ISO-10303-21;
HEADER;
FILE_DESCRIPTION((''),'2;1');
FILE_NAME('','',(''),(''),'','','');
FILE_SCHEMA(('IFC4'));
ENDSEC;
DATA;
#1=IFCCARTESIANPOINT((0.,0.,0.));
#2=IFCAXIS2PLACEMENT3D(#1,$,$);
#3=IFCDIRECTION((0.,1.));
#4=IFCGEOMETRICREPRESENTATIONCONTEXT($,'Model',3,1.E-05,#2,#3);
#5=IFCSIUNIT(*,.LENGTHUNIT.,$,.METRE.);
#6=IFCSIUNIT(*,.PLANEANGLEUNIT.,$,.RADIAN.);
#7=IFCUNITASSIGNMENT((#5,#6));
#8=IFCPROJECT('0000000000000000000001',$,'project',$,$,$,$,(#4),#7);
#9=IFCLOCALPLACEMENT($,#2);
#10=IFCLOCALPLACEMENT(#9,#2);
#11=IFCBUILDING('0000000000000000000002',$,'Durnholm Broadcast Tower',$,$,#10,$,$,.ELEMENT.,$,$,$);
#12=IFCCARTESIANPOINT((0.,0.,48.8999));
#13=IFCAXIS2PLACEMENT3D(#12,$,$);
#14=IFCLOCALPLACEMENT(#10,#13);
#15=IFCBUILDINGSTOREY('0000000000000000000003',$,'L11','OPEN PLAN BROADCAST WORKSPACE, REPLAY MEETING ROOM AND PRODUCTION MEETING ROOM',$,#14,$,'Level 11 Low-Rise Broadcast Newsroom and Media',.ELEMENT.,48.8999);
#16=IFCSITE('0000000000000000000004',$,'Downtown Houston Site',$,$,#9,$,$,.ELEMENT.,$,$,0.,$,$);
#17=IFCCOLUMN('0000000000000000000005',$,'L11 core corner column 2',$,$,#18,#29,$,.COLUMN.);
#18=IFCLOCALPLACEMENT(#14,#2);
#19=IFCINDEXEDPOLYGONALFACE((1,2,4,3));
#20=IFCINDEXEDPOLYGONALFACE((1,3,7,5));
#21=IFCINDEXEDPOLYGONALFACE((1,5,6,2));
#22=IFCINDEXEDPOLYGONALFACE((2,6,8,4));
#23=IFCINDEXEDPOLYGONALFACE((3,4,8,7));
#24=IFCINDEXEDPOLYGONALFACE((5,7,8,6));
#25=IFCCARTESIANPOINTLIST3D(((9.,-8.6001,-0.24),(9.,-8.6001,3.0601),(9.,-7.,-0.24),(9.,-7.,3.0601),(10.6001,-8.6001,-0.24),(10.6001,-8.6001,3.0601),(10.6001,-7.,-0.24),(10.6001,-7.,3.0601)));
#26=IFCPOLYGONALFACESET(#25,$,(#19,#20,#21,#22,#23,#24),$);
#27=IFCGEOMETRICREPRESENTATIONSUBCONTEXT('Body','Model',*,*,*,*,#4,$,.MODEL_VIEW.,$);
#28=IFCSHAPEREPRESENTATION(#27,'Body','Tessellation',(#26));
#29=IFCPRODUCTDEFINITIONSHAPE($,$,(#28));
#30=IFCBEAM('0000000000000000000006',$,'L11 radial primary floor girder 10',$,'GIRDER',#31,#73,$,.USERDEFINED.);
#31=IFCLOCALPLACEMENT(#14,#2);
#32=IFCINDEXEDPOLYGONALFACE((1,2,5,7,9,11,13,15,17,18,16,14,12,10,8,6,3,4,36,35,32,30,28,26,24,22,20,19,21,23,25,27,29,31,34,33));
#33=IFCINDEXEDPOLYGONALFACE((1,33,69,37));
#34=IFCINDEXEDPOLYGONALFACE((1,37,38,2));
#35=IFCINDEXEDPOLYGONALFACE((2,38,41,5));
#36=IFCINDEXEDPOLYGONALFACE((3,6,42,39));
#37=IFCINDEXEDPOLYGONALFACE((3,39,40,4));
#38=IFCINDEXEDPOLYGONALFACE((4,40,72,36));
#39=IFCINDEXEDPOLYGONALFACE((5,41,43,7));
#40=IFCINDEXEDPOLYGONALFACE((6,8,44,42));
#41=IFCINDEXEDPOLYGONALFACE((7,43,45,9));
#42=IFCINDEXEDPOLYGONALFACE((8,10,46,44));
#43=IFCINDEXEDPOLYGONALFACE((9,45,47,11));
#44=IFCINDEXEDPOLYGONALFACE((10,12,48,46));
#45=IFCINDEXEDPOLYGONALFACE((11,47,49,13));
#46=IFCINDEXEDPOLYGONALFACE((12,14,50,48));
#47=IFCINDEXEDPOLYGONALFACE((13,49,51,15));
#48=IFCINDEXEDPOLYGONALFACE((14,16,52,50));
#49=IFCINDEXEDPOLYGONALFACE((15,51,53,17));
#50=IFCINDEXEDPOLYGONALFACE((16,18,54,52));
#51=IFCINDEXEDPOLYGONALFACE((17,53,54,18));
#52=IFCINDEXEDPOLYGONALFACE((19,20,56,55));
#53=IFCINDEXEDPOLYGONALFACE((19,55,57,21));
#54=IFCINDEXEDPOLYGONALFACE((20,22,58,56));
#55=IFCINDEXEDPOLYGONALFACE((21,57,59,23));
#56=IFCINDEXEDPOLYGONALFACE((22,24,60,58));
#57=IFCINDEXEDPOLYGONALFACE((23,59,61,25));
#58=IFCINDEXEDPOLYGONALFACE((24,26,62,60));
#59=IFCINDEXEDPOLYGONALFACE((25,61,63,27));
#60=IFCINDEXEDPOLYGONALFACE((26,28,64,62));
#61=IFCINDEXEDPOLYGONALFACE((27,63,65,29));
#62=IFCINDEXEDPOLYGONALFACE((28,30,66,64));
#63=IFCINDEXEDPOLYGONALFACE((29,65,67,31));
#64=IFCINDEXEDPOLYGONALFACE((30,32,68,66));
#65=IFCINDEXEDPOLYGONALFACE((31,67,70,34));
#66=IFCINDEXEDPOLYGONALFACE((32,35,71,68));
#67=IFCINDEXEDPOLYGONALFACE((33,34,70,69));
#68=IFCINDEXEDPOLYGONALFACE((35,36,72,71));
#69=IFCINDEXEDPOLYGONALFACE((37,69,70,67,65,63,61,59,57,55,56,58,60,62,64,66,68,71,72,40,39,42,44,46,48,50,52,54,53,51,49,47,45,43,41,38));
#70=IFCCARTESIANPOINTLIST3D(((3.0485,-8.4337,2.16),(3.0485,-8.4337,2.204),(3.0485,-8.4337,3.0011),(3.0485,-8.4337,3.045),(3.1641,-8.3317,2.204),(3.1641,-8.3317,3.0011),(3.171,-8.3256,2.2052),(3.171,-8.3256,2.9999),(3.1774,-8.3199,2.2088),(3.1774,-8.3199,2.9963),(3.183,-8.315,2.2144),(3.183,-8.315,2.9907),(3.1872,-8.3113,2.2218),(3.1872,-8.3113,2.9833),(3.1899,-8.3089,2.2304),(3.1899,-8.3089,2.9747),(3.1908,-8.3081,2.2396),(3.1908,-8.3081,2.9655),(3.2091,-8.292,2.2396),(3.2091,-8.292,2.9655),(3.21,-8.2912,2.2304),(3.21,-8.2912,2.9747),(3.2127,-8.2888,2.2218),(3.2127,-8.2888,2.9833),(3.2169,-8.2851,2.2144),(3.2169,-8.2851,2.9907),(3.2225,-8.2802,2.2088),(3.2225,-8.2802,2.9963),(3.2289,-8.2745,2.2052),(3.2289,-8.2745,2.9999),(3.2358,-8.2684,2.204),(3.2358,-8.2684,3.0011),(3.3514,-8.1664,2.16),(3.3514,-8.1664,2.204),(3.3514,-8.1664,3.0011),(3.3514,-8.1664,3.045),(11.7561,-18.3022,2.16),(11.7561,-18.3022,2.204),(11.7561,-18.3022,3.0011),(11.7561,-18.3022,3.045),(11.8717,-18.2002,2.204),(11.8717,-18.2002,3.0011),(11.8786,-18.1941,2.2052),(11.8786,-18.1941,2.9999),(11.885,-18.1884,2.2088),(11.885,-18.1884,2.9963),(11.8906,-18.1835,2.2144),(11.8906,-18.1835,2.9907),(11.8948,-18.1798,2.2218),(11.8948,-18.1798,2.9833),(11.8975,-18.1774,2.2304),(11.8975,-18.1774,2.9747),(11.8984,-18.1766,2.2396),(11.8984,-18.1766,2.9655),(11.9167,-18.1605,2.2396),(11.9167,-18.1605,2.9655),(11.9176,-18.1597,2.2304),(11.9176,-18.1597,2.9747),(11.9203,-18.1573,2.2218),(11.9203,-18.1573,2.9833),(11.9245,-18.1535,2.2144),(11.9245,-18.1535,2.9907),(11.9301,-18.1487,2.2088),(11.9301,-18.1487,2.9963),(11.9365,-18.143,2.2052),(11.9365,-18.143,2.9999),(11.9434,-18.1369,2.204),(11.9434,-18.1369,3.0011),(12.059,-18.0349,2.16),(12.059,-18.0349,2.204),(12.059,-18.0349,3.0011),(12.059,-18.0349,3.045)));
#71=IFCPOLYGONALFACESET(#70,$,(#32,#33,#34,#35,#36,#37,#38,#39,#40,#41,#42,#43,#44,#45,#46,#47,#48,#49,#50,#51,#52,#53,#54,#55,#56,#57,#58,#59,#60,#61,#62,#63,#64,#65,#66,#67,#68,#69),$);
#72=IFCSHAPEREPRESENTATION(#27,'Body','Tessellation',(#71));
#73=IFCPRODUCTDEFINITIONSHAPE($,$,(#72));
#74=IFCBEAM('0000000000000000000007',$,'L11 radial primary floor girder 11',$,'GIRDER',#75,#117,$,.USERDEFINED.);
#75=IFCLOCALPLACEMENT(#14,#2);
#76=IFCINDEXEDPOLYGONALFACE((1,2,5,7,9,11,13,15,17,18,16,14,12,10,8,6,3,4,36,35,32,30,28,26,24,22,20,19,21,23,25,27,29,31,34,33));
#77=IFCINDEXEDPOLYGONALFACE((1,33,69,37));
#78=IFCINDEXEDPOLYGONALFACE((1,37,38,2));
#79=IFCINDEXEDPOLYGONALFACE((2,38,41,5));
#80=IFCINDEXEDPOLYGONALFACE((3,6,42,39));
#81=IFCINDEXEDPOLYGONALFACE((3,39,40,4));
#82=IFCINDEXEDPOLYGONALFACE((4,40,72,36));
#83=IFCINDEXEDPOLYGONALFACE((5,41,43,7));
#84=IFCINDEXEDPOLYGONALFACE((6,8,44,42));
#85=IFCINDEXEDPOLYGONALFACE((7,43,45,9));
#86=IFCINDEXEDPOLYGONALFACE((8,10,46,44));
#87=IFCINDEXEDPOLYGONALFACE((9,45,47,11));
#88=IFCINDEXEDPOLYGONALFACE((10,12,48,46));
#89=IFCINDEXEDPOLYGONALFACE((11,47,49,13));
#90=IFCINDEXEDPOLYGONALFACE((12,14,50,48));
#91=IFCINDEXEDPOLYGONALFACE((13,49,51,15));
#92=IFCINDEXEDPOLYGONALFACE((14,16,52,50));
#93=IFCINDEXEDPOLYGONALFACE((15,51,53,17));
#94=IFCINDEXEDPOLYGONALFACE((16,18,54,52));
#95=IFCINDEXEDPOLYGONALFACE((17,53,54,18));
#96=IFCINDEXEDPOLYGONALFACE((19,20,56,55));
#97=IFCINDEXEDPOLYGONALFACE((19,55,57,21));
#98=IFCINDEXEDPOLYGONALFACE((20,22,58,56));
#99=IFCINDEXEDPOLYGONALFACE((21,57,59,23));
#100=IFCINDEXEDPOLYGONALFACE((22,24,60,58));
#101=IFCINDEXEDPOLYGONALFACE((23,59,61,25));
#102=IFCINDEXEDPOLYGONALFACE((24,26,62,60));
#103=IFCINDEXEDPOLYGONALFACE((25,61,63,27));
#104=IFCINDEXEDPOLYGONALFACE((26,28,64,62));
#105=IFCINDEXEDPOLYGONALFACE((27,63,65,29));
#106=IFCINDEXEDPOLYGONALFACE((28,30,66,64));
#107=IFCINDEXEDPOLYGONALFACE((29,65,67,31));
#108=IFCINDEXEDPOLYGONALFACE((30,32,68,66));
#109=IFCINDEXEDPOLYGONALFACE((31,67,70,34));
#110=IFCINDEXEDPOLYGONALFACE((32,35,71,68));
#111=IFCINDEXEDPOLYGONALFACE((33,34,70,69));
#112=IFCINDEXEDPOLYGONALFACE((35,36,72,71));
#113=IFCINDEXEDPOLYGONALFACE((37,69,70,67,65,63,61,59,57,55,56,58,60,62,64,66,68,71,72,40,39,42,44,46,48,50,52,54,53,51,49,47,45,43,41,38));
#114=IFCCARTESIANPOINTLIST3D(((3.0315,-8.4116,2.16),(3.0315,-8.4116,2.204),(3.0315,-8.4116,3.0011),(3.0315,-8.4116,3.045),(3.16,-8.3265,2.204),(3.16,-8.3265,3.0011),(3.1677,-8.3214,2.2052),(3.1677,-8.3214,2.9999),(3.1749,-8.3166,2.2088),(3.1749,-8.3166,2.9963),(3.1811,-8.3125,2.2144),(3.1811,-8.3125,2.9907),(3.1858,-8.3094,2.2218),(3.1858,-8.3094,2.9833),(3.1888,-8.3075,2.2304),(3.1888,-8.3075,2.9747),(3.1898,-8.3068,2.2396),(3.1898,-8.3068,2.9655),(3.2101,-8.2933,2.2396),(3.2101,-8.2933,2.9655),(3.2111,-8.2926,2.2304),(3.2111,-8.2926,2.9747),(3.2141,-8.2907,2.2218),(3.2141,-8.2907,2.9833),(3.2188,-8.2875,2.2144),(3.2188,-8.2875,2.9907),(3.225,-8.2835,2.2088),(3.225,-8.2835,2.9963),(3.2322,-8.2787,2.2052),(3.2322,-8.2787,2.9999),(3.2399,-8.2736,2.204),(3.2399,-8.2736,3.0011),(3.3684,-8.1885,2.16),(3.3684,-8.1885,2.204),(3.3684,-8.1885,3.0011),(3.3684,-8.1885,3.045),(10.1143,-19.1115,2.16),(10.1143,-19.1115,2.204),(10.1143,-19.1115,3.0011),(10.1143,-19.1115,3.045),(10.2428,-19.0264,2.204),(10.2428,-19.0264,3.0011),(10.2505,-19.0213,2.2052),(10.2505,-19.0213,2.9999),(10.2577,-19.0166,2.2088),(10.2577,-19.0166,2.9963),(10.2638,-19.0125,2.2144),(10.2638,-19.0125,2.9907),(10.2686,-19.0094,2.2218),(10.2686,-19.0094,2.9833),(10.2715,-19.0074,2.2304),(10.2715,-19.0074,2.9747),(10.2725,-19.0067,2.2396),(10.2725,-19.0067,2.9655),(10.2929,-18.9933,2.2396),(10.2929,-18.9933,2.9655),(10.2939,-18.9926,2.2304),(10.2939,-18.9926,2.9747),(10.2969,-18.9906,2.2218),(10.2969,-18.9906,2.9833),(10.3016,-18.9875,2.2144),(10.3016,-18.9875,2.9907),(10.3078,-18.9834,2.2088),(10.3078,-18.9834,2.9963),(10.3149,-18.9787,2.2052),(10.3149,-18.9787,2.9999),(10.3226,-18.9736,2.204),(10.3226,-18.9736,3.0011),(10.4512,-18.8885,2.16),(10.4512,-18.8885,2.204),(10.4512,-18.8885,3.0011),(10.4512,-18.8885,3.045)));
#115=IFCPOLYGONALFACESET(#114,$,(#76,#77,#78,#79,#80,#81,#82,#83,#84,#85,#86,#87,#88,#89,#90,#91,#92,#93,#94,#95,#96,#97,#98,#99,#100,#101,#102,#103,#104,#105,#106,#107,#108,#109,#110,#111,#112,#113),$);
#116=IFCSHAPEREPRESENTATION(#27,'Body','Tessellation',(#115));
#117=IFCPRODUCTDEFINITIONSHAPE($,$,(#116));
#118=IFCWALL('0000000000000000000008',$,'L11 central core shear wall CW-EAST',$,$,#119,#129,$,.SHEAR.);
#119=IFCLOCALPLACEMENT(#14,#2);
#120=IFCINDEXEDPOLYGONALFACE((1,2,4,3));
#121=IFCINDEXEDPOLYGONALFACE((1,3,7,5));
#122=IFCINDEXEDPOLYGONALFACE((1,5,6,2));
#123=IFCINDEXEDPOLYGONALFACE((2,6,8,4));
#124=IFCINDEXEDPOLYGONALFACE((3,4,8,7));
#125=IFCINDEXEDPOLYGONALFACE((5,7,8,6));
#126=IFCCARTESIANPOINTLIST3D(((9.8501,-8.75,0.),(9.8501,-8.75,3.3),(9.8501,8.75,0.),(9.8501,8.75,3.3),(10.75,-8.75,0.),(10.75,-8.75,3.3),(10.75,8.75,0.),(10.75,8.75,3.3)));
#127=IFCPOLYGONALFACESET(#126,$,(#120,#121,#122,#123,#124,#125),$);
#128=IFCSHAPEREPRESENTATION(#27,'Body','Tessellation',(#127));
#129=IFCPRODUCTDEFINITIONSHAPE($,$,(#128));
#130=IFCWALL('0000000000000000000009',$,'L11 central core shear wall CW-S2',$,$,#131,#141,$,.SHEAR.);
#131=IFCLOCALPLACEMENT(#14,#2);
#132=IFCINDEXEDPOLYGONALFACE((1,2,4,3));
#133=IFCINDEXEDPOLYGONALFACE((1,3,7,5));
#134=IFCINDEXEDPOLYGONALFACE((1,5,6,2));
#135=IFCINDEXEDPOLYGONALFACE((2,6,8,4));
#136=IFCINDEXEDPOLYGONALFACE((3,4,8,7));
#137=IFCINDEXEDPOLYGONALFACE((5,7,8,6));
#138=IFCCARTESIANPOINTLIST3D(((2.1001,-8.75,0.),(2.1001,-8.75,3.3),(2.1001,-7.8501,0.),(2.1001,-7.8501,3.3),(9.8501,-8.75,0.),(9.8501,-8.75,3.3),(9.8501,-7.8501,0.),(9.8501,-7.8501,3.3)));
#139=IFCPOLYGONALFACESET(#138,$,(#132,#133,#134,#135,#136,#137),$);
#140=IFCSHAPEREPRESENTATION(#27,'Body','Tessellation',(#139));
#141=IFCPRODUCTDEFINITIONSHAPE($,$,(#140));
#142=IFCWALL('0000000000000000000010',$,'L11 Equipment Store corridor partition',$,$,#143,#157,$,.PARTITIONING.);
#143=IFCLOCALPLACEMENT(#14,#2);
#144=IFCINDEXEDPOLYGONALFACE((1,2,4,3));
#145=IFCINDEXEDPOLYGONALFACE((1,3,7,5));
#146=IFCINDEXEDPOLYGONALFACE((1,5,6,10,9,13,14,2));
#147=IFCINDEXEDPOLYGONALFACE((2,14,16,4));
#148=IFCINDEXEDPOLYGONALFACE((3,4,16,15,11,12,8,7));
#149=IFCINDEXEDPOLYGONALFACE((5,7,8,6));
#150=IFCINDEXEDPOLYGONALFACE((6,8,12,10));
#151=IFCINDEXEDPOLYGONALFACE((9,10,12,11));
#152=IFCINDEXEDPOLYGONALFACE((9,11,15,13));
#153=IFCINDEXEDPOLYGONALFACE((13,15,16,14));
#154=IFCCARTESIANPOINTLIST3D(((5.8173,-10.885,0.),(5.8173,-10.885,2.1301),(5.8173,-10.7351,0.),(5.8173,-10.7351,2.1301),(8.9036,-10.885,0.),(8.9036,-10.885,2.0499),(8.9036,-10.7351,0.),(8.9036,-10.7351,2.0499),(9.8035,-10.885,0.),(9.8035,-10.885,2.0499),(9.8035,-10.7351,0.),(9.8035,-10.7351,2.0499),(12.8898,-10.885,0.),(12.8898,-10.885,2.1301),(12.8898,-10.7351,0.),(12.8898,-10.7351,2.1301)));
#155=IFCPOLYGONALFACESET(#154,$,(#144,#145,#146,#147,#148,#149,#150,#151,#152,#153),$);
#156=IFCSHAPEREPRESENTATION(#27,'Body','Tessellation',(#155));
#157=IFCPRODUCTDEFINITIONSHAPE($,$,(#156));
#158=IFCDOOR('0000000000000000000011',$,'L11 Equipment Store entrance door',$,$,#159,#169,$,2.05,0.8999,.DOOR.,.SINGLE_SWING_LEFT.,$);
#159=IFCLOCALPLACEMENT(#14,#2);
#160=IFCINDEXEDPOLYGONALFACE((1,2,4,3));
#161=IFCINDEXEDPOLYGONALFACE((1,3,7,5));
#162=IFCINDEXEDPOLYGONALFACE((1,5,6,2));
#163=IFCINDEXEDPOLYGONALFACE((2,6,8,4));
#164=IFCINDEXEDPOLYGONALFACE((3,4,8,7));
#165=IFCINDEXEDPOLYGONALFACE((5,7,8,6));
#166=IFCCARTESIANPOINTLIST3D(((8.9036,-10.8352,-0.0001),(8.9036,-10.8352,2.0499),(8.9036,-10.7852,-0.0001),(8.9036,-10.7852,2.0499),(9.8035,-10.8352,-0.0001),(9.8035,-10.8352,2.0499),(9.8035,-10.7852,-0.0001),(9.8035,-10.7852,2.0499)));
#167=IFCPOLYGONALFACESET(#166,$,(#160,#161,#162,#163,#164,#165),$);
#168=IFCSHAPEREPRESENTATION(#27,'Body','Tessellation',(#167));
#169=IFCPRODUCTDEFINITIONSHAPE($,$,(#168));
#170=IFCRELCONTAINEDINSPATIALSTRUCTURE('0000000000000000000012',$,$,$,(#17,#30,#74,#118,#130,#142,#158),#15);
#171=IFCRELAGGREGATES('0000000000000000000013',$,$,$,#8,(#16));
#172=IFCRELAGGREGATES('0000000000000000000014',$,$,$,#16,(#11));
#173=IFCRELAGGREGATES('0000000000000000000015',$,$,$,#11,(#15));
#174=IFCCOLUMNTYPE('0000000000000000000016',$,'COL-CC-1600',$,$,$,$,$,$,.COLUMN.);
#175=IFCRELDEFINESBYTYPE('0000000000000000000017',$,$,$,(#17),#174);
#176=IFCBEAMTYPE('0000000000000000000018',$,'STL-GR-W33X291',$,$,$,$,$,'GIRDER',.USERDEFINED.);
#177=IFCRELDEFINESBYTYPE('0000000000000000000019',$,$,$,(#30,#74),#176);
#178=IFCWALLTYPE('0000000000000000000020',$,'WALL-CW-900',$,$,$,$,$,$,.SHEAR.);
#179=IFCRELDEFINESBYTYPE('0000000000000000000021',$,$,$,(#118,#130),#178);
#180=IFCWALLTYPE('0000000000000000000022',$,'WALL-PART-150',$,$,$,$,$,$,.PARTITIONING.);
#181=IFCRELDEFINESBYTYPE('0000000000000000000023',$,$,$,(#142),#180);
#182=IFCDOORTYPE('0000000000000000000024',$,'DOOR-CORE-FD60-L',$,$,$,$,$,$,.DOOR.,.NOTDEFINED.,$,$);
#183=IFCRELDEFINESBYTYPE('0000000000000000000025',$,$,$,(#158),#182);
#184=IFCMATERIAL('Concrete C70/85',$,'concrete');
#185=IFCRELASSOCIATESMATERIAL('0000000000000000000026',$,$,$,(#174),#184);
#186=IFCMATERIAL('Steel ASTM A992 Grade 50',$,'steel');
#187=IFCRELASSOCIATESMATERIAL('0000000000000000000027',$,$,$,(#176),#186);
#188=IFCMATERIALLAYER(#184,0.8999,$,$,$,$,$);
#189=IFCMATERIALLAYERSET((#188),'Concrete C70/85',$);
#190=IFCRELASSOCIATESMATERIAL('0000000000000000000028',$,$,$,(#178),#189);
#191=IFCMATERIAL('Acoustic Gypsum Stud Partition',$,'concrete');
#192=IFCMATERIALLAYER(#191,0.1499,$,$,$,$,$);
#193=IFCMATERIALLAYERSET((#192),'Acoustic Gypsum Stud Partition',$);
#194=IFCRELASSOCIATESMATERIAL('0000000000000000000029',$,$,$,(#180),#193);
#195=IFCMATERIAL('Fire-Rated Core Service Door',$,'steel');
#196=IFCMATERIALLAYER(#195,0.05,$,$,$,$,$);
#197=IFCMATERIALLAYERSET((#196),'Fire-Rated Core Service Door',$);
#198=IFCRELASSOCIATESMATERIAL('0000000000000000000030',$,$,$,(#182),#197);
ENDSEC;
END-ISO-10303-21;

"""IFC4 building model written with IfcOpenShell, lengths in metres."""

from ifc_helpers import new_model, si_unit, direction, frame, frame_2d, origin, origin_2d, place, context, subcontext, project, spatial, rectangle, i_section, extrude, source, transform, mapped, material, layer, layer_set, material_profile, profile_set, type_object, type_shapes, element, fill, save


model = new_model("IFC4")

# Units and contexts
model_context = context("Model", 3, precision=1e-05, world=origin(), true_north=direction((0.0, 1.0)))
body_context = subcontext(model_context, "Body", "Model", "MODEL_VIEW")
ifc_project = project(units=[si_unit("LENGTHUNIT", "METRE"), si_unit("PLANEANGLEUNIT", "RADIAN")], contexts=[model_context])

# Site, building, storey
site_placement = place(None, origin())
site = spatial("IfcSite", under=ifc_project, at=site_placement, Name="Downtown Houston Site", CompositionType="ELEMENT", RefElevation=0.0)
building_placement = place(site_placement, origin())
building = spatial("IfcBuilding", under=site, at=building_placement, Name="Durnholm Broadcast Tower", CompositionType="ELEMENT")
storey_placement = place(building_placement, frame((0.0, 0.0, 48.8999)))
storey = spatial("IfcBuildingStorey", under=building, at=storey_placement, Name="L11", Description="OPEN PLAN BROADCAST WORKSPACE, REPLAY MEETING ROOM AND PRODUCTION MEETING ROOM", LongName="Level 11 Low-Rise Broadcast Newsroom and Media", CompositionType="ELEMENT", Elevation=48.8999)

# Column
ifc_material_1 = material(Name="Concrete C70/85", Category="concrete")
ifc_material_profile_1 = material_profile(ifc_material_1, rectangle(XDim=1.6001, YDim=1.6001, at=origin_2d()), Name="RC1600X1600")
ifc_profile_set_1 = profile_set([ifc_material_profile_1], Name="Concrete C70/85")
column_type = type_object("IfcColumnType", Name="COL-CC-1600", PredefinedType="COLUMN", material=ifc_profile_set_1)
shared_shape_1 = source(origin(), body_context, "Body", "SweptSolid", [
    extrude(rectangle(XDim=1.6001, YDim=1.6001, at=origin_2d()), origin(), (0.0, 0.0, 1.0), 3.3),
])
type_shapes(column_type, [shared_shape_1])
column_placement = place(storey_placement, frame((9.8, -7.8, -0.24), z_axis=(0.0, 0.0, 1.0), x_axis=(1.0, 0.0, 0.0)))
element("IfcColumn", 1, at=column_placement, inside=storey, type_object=column_type, Name="L11 core corner column 2", PredefinedType="COLUMN", context=body_context, shape_type="MappedRepresentation", body=[
    mapped(shared_shape_1, transform((0.0, 0.0, 0.0), x_axis=(1.0, 0.0, 0.0), y_axis=(0.0, 1.0, 0.0), z_axis=(0.0, 0.0, 1.0), scale=1.0)),
])

# Beams
ifc_material_2 = material(Name="Steel ASTM A992 Grade 50", Category="steel")
ifc_material_profile_2 = material_profile(ifc_material_2, i_section(OverallWidth=0.4041, OverallDepth=0.885, WebThickness=0.0244, FlangeThickness=0.0439, FilletRadius=0.0356, at=origin_2d()), Name="W33X291")
ifc_profile_set_2 = profile_set([ifc_material_profile_2], Name="Steel ASTM A992 Grade 50")
beam_type = type_object("IfcBeamType", Name="STL-GR-W33X291", ElementType="GIRDER", PredefinedType="USERDEFINED", material=ifc_profile_set_2)
shared_shape_2 = source(origin(), body_context, "Body", "SweptSolid", [
    extrude(i_section(OverallWidth=0.4041, OverallDepth=0.885, WebThickness=0.0244, FlangeThickness=0.0439, FilletRadius=0.0356, at=origin_2d()), origin(), (0.0, 0.0, 1.0), 13.1609),
])
beam_1_placement = place(storey_placement, frame((3.2, -8.3, 2.6025), z_axis=(0.661626, -0.749834, 0.0), x_axis=(0.749834, 0.661626, 0.0)))
element("IfcBeam", 2, at=beam_1_placement, inside=storey, type_object=beam_type, Name="L11 radial primary floor girder 10", ObjectType="GIRDER", PredefinedType="USERDEFINED", context=body_context, shape_type="MappedRepresentation", body=[
    mapped(shared_shape_2, transform((0.0, 0.0, 0.0), x_axis=(1.0, 0.0, 0.0), y_axis=(0.0, 1.0, 0.0), z_axis=(0.0, 0.0, 1.0), scale=1.0)),
])
shared_shape_3 = source(origin(), body_context, "Body", "SweptSolid", [
    extrude(i_section(OverallWidth=0.4041, OverallDepth=0.885, WebThickness=0.0244, FlangeThickness=0.0439, FilletRadius=0.0356, at=origin_2d()), origin(), (0.0, 0.0, 1.0), 12.8318),
])
type_shapes(beam_type, [shared_shape_2, shared_shape_3])
beam_2_placement = place(storey_placement, frame((3.2, -8.3, 2.6025), z_axis=(0.551971, -0.833864, 0.0), x_axis=(0.833864, 0.551971, 0.0)))
element("IfcBeam", 3, at=beam_2_placement, inside=storey, type_object=beam_type, Name="L11 radial primary floor girder 11", ObjectType="GIRDER", PredefinedType="USERDEFINED", context=body_context, shape_type="MappedRepresentation", body=[
    mapped(shared_shape_3, transform((0.0, 0.0, 0.0), x_axis=(1.0, 0.0, 0.0), y_axis=(0.0, 1.0, 0.0), z_axis=(0.0, 0.0, 1.0), scale=1.0)),
])

# Walls
ifc_layer_1 = layer(ifc_material_1, 0.8999)
ifc_layer_set_1 = layer_set([ifc_layer_1], Name="Concrete C70/85")
wall_type_1 = type_object("IfcWallType", Name="WALL-CW-900", PredefinedType="SHEAR", material=ifc_layer_set_1)
wall_1_placement = place(storey_placement, frame((10.3, -8.75, 0.0), z_axis=(0.0, 0.0, 1.0), x_axis=(0.0, 1.0, 0.0)))
element("IfcWall", 4, at=wall_1_placement, inside=storey, type_object=wall_type_1, Name="L11 central core shear wall CW-EAST", PredefinedType="SHEAR", context=body_context, shape_type="SweptSolid", body=[
    extrude(rectangle(XDim=17.5, YDim=0.8999, at=frame_2d((8.75, 0.0))), origin(), (0.0, 0.0, 1.0), 3.3),
])
wall_2_placement = place(storey_placement, frame((2.1001, -8.3, 0.0), z_axis=(0.0, 0.0, 1.0), x_axis=(1.0, 0.0, 0.0)))
element("IfcWall", 5, at=wall_2_placement, inside=storey, type_object=wall_type_1, Name="L11 central core shear wall CW-S2", PredefinedType="SHEAR", context=body_context, shape_type="SweptSolid", body=[
    extrude(rectangle(XDim=7.75, YDim=0.8999, at=frame_2d((3.875, 0.0))), origin(), (0.0, 0.0, 1.0), 3.3),
])

# Wall, opening, door
ifc_material_3 = material(Name="Acoustic Gypsum Stud Partition", Category="concrete")
ifc_layer_2 = layer(ifc_material_3, 0.1499)
ifc_layer_set_2 = layer_set([ifc_layer_2], Name="Acoustic Gypsum Stud Partition")
wall_type_2 = type_object("IfcWallType", Name="WALL-PART-150", PredefinedType="PARTITIONING", material=ifc_layer_set_2)
wall_3_placement = place(storey_placement, frame((5.8174, -10.8101, 0.0), z_axis=(0.0, 0.0, 1.0), x_axis=(1.0, 0.0, 0.0)))
wall_3 = element("IfcWall", 6, at=wall_3_placement, inside=storey, type_object=wall_type_2, Name="L11 Equipment Store corridor partition", PredefinedType="PARTITIONING", context=body_context, shape_type="SweptSolid", body=[
    extrude(rectangle(XDim=7.0725, YDim=0.1499, at=frame_2d((3.5361, 0.0))), origin(), (0.0, 0.0, 1.0), 2.1301),
])
opening_1_placement = place(wall_3_placement, frame((3.0862, 0.0, 0.0)))
opening_1 = element("IfcOpeningElement", 7, at=opening_1_placement, cuts=wall_3, PredefinedType="OPENING", context=body_context, shape_type="SweptSolid", body=[
    extrude(rectangle(XDim=0.8999, YDim=2.05, at=frame_2d((0.45, 1.0249))), frame((0.0, 0.085, 0.0), z_axis=(0.0, -1.0, 0.0), x_axis=(1.0, 0.0, 0.0)), (0.0, 0.0, 1.0), 0.1699),
])
ifc_material_4 = material(Name="Fire-Rated Core Service Door", Category="steel")
ifc_layer_3 = layer(ifc_material_4, 0.05)
ifc_layer_set_3 = layer_set([ifc_layer_3], Name="Fire-Rated Core Service Door")
door_type_1 = type_object("IfcDoorType", Name="DOOR-CORE-FD60-L", OperationType="NOTDEFINED", PredefinedType="DOOR", material=ifc_layer_set_3)
shared_shape_4 = source(origin(), body_context, "Body", "SweptSolid", [
    extrude(rectangle(XDim=0.8999, YDim=2.05, at=frame_2d((0.45, 1.0249))), frame((0.0, 0.0249, 0.0), z_axis=(0.0, -1.0, 0.0), x_axis=(1.0, 0.0, 0.0)), (0.0, 0.0, 1.0), 0.05),
])
type_shapes(door_type_1, [shared_shape_4])
door_1_placement = place(opening_1_placement, origin())
door_1 = element("IfcDoor", 8, at=door_1_placement, inside=storey, type_object=door_type_1, Name="L11 Equipment Store entrance door", OperationType="SINGLE_SWING_LEFT", OverallHeight=2.05, OverallWidth=0.8999, PredefinedType="DOOR", context=body_context, shape_type="MappedRepresentation", body=[
    mapped(shared_shape_4, transform((0.0, 0.0, 0.0), x_axis=(1.0, 0.0, 0.0), y_axis=(0.0, 1.0, 0.0), z_axis=(0.0, 0.0, 1.0), scale=1.0)),
])
fill(opening_1, door_1)

save(model, "model.ifc")
